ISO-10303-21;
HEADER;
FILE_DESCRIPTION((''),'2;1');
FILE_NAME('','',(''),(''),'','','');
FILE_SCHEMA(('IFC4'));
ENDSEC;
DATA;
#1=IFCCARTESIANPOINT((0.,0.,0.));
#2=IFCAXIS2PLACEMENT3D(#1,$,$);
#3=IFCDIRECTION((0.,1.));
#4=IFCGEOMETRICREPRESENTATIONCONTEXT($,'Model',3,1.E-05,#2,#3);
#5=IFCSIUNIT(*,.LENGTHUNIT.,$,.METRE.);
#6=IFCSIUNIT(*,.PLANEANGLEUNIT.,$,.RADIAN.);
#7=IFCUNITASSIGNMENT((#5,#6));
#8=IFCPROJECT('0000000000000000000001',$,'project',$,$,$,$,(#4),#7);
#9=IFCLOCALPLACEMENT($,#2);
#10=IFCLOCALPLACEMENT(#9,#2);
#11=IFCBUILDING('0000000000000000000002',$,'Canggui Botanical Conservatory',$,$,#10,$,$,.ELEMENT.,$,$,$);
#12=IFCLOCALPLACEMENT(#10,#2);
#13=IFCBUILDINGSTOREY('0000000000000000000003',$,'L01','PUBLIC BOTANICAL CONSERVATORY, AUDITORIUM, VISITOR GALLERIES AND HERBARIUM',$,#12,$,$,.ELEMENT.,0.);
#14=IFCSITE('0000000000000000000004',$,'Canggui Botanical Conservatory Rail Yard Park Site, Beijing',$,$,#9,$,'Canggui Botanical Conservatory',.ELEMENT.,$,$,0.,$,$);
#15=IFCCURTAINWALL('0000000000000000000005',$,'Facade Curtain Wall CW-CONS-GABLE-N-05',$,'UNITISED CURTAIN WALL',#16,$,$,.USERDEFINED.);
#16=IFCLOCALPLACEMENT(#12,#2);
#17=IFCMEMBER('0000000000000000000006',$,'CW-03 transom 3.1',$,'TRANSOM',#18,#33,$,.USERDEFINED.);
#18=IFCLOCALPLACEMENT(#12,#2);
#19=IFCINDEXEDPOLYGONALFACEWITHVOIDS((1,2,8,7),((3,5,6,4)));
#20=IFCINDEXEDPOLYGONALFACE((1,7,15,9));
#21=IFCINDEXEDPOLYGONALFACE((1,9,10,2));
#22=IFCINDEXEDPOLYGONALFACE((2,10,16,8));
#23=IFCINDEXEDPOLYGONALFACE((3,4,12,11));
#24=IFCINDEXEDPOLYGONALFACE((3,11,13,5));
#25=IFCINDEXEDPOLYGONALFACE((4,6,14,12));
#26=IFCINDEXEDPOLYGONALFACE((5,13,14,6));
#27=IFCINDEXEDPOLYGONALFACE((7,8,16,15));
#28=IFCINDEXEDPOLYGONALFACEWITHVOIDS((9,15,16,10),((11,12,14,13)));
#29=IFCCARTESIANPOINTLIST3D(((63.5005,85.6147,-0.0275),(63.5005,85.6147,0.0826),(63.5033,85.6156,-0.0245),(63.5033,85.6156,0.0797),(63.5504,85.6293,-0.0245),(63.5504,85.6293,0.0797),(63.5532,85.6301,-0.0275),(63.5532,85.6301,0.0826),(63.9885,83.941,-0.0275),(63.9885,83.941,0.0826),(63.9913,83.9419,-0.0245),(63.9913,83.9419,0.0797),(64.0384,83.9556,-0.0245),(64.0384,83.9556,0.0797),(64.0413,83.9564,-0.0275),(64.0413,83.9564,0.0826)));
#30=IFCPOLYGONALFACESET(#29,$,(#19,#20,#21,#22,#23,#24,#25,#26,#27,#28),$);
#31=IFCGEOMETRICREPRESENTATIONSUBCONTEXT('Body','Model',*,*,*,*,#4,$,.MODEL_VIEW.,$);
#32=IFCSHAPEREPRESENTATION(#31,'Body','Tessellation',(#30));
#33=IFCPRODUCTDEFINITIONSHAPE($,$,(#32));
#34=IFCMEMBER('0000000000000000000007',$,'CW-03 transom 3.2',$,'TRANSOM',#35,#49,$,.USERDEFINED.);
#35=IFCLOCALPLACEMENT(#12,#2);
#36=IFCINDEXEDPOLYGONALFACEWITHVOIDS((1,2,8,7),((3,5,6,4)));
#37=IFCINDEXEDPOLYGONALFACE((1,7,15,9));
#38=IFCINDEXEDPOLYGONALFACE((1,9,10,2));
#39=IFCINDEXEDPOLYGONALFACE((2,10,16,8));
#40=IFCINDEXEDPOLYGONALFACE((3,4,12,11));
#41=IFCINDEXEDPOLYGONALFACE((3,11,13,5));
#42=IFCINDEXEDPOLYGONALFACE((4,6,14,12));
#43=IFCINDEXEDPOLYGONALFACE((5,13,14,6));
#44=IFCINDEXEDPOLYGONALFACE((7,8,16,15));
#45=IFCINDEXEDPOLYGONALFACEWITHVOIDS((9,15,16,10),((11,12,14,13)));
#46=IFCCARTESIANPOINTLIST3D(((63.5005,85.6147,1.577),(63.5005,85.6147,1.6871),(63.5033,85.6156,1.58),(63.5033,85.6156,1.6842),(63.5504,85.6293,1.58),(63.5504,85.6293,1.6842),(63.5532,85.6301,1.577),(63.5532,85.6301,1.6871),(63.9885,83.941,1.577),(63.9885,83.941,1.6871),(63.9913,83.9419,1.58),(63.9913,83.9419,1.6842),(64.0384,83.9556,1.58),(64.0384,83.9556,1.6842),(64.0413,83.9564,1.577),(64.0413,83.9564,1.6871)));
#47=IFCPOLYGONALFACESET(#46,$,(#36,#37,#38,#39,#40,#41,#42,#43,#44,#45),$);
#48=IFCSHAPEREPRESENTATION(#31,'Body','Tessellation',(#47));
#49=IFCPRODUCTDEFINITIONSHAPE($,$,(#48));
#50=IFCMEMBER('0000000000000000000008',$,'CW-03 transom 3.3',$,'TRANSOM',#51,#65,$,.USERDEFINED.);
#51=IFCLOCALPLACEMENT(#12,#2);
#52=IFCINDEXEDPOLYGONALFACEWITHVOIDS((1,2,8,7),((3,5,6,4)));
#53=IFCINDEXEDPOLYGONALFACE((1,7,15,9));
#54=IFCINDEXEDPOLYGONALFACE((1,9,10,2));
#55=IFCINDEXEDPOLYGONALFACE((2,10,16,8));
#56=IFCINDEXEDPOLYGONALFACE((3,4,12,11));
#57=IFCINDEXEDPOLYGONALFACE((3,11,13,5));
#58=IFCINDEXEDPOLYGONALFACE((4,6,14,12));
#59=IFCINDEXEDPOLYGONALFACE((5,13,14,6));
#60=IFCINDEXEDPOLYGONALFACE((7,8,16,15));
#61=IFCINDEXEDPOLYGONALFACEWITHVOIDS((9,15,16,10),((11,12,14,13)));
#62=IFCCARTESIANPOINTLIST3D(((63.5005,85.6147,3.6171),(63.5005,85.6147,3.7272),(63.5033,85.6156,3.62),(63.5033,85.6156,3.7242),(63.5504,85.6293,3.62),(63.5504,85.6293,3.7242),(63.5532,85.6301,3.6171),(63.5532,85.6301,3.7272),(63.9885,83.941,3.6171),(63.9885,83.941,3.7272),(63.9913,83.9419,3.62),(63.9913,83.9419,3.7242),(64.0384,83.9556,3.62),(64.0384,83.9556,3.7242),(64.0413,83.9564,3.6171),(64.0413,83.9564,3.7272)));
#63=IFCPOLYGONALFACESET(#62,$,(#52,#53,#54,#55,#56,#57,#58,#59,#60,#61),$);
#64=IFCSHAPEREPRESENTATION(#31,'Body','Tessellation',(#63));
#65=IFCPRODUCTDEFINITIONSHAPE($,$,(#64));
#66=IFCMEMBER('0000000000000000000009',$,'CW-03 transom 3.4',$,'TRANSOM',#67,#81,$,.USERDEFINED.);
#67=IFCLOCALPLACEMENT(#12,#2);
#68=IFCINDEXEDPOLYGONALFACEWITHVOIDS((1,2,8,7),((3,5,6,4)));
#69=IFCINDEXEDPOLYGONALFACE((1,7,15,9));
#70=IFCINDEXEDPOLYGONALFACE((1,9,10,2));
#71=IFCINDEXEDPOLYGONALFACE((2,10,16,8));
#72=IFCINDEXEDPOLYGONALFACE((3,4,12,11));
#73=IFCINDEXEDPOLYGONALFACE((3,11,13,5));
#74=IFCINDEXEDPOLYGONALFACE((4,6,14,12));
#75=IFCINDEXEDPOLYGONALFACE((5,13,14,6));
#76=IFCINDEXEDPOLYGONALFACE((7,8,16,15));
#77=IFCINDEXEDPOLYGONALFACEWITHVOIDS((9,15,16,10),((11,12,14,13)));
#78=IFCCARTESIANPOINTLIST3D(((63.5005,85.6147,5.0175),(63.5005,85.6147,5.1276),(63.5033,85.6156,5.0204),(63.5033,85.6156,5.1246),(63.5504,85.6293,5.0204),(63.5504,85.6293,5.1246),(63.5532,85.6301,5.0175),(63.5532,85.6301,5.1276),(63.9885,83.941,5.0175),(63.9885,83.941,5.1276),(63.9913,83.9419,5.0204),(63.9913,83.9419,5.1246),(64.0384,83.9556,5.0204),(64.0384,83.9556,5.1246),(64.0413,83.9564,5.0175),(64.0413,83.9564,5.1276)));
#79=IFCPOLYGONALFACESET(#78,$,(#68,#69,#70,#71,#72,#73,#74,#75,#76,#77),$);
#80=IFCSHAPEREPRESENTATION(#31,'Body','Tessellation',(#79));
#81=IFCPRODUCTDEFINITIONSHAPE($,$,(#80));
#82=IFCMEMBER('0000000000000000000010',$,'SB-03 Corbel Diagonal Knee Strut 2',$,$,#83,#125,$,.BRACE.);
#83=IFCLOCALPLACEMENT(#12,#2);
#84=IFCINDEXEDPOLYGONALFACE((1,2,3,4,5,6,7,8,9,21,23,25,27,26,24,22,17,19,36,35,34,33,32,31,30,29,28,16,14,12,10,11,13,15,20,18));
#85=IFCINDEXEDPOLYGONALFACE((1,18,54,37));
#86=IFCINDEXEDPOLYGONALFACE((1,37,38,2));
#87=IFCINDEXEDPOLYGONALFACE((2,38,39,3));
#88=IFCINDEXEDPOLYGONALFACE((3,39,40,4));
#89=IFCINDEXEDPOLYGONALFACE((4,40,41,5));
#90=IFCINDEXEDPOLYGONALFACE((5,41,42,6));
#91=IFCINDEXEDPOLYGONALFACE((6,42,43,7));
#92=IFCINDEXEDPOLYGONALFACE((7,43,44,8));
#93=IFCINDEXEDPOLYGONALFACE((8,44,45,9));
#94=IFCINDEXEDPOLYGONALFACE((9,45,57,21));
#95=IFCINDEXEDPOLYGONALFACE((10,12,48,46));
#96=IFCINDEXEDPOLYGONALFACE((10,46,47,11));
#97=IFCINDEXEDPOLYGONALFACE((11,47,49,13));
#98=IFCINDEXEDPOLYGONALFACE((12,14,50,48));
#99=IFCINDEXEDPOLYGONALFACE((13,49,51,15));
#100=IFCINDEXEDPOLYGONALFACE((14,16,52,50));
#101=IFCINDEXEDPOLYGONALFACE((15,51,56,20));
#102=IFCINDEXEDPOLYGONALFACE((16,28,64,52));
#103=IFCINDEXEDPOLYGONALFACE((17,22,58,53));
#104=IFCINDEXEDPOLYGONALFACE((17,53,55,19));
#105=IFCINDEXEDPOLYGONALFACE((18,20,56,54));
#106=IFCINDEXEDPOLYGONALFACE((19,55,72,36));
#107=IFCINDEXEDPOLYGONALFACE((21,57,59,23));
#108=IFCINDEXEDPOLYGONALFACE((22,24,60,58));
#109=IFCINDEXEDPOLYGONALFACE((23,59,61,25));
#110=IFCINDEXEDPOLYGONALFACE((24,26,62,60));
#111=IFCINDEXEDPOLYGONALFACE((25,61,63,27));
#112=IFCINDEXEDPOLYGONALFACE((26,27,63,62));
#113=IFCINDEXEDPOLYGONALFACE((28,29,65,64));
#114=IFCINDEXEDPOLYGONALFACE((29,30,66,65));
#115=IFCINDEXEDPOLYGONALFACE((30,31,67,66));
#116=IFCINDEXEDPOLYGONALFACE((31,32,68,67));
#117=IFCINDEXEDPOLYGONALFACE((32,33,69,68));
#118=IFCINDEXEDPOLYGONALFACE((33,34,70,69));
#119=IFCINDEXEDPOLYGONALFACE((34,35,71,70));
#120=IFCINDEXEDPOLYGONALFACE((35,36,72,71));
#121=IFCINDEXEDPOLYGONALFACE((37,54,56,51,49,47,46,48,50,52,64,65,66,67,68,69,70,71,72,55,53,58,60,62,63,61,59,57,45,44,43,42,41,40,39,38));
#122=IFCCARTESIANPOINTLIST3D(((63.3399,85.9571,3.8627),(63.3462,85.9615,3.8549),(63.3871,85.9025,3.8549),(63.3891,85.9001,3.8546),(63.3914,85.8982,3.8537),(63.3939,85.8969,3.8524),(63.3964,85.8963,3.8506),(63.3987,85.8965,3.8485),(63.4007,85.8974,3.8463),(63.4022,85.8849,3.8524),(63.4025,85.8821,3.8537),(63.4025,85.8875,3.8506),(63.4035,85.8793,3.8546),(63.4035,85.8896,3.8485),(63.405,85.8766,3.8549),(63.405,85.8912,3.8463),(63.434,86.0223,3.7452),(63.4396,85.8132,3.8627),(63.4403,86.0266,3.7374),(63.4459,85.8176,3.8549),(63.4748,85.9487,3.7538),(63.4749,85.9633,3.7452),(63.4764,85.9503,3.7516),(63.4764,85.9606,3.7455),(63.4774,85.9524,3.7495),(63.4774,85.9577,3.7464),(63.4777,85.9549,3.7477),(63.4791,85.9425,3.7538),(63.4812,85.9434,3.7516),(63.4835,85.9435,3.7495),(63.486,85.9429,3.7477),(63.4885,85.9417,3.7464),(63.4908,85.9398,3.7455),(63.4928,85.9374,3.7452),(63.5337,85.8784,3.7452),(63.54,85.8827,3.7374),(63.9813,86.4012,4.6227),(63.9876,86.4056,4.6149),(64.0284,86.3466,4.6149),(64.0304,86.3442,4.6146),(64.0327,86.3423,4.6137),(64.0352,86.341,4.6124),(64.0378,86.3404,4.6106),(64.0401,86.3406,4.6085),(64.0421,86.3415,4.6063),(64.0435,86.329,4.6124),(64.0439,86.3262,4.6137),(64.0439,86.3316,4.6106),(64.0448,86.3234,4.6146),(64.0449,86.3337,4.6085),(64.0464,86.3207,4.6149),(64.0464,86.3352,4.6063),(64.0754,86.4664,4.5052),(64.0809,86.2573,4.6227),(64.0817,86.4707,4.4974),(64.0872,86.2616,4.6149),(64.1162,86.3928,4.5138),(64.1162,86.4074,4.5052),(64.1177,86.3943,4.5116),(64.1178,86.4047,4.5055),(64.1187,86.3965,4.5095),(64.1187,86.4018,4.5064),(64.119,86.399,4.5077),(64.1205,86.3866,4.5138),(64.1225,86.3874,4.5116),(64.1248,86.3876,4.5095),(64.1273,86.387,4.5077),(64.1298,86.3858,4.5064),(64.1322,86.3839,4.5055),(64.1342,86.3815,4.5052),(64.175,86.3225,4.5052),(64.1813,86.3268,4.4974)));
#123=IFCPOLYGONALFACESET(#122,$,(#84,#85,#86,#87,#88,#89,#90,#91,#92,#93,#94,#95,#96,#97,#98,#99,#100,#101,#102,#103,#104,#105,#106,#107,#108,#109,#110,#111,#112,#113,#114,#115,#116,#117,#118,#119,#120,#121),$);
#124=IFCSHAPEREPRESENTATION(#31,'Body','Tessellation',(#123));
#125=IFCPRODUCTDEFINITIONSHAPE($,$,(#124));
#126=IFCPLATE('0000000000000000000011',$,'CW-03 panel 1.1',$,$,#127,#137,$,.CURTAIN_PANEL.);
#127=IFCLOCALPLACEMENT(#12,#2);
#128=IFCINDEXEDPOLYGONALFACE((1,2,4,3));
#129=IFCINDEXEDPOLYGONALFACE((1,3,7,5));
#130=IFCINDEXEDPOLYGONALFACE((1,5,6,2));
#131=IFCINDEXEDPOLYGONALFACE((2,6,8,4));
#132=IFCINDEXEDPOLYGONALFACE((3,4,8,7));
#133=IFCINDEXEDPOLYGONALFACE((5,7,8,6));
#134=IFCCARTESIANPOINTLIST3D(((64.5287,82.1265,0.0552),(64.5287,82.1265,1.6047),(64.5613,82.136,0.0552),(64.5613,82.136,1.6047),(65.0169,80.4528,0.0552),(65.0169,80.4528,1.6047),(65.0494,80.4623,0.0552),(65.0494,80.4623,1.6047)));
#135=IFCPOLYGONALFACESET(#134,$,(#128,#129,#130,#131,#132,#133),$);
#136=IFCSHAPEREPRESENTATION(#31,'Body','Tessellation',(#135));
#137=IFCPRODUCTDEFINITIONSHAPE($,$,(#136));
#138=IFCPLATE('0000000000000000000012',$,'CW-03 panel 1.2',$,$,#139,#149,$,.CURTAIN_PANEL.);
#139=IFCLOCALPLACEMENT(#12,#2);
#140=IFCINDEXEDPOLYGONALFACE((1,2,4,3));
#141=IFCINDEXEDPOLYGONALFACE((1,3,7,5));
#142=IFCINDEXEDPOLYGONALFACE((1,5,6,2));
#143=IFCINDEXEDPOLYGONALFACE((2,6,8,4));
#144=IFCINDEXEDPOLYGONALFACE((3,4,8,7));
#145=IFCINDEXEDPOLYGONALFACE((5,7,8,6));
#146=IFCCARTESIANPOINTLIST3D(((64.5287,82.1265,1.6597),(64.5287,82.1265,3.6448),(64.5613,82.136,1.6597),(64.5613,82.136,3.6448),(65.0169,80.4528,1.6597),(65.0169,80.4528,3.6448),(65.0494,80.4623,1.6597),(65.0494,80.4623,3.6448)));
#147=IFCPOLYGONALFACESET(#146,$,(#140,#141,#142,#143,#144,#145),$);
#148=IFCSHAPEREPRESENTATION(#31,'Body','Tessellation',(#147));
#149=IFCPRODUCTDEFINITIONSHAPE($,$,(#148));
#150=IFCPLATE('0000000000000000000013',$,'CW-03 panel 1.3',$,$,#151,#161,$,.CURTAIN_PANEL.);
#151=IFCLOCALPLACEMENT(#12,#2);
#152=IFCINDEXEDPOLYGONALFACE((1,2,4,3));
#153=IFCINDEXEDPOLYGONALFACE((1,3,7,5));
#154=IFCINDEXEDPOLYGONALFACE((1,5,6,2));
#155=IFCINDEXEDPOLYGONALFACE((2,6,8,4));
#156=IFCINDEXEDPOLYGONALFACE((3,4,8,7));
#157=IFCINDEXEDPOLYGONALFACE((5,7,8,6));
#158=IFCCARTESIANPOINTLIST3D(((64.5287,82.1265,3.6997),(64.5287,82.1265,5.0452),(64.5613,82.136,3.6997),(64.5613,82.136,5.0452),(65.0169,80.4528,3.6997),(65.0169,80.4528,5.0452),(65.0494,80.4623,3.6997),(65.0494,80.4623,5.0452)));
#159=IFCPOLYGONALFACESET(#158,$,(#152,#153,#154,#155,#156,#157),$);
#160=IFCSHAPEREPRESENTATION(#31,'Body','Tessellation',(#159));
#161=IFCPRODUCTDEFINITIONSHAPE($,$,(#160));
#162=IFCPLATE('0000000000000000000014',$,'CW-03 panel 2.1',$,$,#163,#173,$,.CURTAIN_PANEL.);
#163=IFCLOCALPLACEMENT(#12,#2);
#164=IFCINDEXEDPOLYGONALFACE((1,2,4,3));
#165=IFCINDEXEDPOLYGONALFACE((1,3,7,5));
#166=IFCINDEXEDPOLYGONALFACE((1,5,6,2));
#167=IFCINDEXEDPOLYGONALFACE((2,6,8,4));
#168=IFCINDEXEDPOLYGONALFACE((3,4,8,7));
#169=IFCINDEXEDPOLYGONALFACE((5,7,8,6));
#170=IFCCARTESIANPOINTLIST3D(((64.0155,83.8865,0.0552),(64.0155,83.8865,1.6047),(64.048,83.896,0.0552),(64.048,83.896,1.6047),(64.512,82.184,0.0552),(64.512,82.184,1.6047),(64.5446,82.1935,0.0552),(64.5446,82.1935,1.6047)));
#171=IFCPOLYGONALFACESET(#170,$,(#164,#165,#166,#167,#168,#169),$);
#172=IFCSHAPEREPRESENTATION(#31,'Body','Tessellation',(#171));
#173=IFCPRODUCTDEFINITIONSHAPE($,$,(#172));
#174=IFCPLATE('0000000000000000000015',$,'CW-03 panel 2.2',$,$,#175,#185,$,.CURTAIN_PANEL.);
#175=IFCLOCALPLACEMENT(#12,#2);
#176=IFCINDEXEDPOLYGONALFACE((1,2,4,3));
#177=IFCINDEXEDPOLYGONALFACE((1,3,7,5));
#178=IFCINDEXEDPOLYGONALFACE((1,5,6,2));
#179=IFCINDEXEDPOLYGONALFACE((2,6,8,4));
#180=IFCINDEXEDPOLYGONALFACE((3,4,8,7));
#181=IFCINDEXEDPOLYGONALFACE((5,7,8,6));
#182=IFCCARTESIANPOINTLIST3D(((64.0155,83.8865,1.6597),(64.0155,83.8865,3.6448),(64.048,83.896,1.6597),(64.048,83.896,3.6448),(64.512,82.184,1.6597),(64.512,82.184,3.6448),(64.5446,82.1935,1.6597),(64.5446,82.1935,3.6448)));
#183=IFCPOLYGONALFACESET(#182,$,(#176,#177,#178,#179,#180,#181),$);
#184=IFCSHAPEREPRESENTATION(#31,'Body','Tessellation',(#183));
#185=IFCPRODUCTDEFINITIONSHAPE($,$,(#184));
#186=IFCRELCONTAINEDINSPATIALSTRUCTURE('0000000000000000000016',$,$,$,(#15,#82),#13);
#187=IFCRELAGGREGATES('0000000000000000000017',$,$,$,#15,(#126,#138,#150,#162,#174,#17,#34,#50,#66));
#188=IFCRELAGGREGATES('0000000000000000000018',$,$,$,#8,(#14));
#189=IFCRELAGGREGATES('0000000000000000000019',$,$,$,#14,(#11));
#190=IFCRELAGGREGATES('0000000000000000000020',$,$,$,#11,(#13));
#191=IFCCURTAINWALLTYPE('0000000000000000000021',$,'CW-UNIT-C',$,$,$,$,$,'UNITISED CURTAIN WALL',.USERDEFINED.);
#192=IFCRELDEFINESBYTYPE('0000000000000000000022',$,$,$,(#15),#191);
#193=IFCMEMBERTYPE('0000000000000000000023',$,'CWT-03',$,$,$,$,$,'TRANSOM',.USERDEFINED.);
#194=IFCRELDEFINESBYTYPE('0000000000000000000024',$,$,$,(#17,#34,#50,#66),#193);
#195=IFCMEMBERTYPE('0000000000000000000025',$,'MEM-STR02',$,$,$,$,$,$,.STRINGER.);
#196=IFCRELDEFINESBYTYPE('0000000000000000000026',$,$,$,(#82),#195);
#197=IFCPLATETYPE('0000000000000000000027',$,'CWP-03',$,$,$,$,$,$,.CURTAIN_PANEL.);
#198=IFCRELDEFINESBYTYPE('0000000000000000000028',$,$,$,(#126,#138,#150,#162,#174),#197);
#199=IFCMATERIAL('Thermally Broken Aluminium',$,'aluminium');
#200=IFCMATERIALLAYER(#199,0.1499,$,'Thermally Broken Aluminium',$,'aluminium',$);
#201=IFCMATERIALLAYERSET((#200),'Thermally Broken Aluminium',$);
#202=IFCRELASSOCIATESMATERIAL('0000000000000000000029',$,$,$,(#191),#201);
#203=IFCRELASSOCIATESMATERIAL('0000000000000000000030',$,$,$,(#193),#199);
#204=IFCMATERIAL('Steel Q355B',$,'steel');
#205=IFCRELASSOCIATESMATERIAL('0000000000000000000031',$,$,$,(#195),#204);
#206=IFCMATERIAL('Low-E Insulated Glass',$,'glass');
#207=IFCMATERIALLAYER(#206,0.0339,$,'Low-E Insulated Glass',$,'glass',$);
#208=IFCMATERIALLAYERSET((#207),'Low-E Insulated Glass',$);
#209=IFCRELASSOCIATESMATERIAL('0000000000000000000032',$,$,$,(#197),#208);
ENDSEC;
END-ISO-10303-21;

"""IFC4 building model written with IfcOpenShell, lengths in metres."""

from ifc_helpers import new_model, si_unit, direction, frame, origin, origin_2d, place, context, subcontext, project, spatial, rectangle, hollow_rectangle, i_section, extrude, material, layer, layer_set, material_profile, profile_set, type_object, element, aggregate, save


model = new_model("IFC4")

# Units and contexts
model_context = context("Model", 3, precision=1e-05, world=origin(), true_north=direction((0.0, 1.0)))
body_context = subcontext(model_context, "Body", "Model", "MODEL_VIEW")
ifc_project = project(units=[si_unit("LENGTHUNIT", "METRE"), si_unit("PLANEANGLEUNIT", "RADIAN")], contexts=[model_context])

# Site, building, storey
site_placement = place(None, origin())
site = spatial("IfcSite", under=ifc_project, at=site_placement, Name="Canggui Botanical Conservatory Rail Yard Park Site, Beijing", LongName="Canggui Botanical Conservatory", CompositionType="ELEMENT", RefElevation=0.0)
building_placement = place(site_placement, origin())
building = spatial("IfcBuilding", under=site, at=building_placement, Name="Canggui Botanical Conservatory", CompositionType="ELEMENT")
storey_placement = place(building_placement, origin())
storey = spatial("IfcBuildingStorey", under=building, at=storey_placement, Name="L01", Description="PUBLIC BOTANICAL CONSERVATORY, AUDITORIUM, VISITOR GALLERIES AND HERBARIUM", CompositionType="ELEMENT", Elevation=0.0)

# Shared definitions
ifc_material_1 = material(Name="Steel Q355B", Category="steel")

# Curtain wall
ifc_material_2 = material(Name="Thermally Broken Aluminium", Category="aluminium")
ifc_layer_1 = layer(ifc_material_2, 0.1499, Name="Thermally Broken Aluminium", Category="aluminium")
ifc_layer_set_1 = layer_set([ifc_layer_1], Name="Thermally Broken Aluminium")
curtain_wall_type_1 = type_object("IfcCurtainWallType", Name="CW-UNIT-C", ElementType="UNITISED CURTAIN WALL", PredefinedType="USERDEFINED", material=ifc_layer_set_1)
curtain_wall_1_placement = place(storey_placement, origin())
curtain_wall_1 = element("IfcCurtainWall", 1, at=curtain_wall_1_placement, inside=storey, type_object=curtain_wall_type_1, Name="Facade Curtain Wall CW-CONS-GABLE-N-05", ObjectType="UNITISED CURTAIN WALL", PredefinedType="USERDEFINED")

# Members
ifc_material_profile_1 = material_profile(ifc_material_2, hollow_rectangle(XDim=0.0549, YDim=0.1101, WallThickness=0.0029, at=origin_2d()), Name="CWT 55x110x3")
ifc_profile_set_1 = profile_set([ifc_material_profile_1], Name="Thermally Broken Aluminium")
member_type_1 = type_object("IfcMemberType", Name="CWT-03", ElementType="TRANSOM", PredefinedType="USERDEFINED", material=ifc_profile_set_1)
member_1_placement = place(storey_placement, frame((64.0149, 83.9487, 0.0276), z_axis=(-0.279952, 0.960014, 0.0), x_axis=(-0.960014, -0.279952, 0.0)))
member_1 = element("IfcMember", 2, at=member_1_placement, type_object=member_type_1, Name="CW-03 transom 3.1", ObjectType="TRANSOM", PredefinedType="USERDEFINED", context=body_context, shape_type="SweptSolid", body=[
    extrude(hollow_rectangle(XDim=0.0549, YDim=0.1101, WallThickness=0.0029, at=origin_2d()), origin(), (0.0, 0.0, 1.0), 1.7434),
])
member_2_placement = place(storey_placement, frame((64.0149, 83.9487, 1.6321), z_axis=(-0.279952, 0.960014, 0.0), x_axis=(-0.960014, -0.279952, 0.0)))
member_2 = element("IfcMember", 3, at=member_2_placement, type_object=member_type_1, Name="CW-03 transom 3.2", ObjectType="TRANSOM", PredefinedType="USERDEFINED", context=body_context, shape_type="SweptSolid", body=[
    extrude(hollow_rectangle(XDim=0.0549, YDim=0.1101, WallThickness=0.0029, at=origin_2d()), origin(), (0.0, 0.0, 1.0), 1.7434),
])
member_3_placement = place(storey_placement, frame((64.0149, 83.9487, 3.6721), z_axis=(-0.279952, 0.960014, 0.0), x_axis=(-0.960014, -0.279952, 0.0)))
member_3 = element("IfcMember", 4, at=member_3_placement, type_object=member_type_1, Name="CW-03 transom 3.3", ObjectType="TRANSOM", PredefinedType="USERDEFINED", context=body_context, shape_type="SweptSolid", body=[
    extrude(hollow_rectangle(XDim=0.0549, YDim=0.1101, WallThickness=0.0029, at=origin_2d()), origin(), (0.0, 0.0, 1.0), 1.7434),
])
member_4_placement = place(storey_placement, frame((64.0149, 83.9487, 5.0725), z_axis=(-0.279952, 0.960014, 0.0), x_axis=(-0.960014, -0.279952, 0.0)))
member_4 = element("IfcMember", 5, at=member_4_placement, type_object=member_type_1, Name="CW-03 transom 3.4", ObjectType="TRANSOM", PredefinedType="USERDEFINED", context=body_context, shape_type="SweptSolid", body=[
    extrude(hollow_rectangle(XDim=0.0549, YDim=0.1101, WallThickness=0.0029, at=origin_2d()), origin(), (0.0, 0.0, 1.0), 1.7434),
])
ifc_material_profile_2 = material_profile(ifc_material_1, i_section(OverallWidth=0.175, OverallDepth=0.175, WebThickness=0.0076, FlangeThickness=0.011, FilletRadius=0.012, at=origin_2d()), Name="HW 175x175x7.5x11")
ifc_profile_set_2 = profile_set([ifc_material_profile_2], Name="Steel Q355B")
member_type_2 = type_object("IfcMemberType", Name="MEM-STR02", PredefinedType="STRINGER", material=ifc_profile_set_2)
member_5_placement = place(storey_placement, frame((63.4399, 85.9199, 3.8), z_axis=(0.588879, 0.407755, 0.697823), x_axis=(-0.569275, 0.822147, 0.0)))
element("IfcMember", 6, at=member_5_placement, inside=storey, type_object=member_type_2, Name="SB-03 Corbel Diagonal Knee Strut 2", PredefinedType="BRACE", context=body_context, shape_type="SweptSolid", body=[
    extrude(i_section(OverallWidth=0.175, OverallDepth=0.175, WebThickness=0.0076, FlangeThickness=0.011, FilletRadius=0.012, at=origin_2d()), origin(), (0.0, 0.0, 1.0), 1.0891),
])

# Plates
ifc_material_3 = material(Name="Low-E Insulated Glass", Category="glass")
ifc_layer_2 = layer(ifc_material_3, 0.0339, Name="Low-E Insulated Glass", Category="glass")
ifc_layer_set_2 = layer_set([ifc_layer_2], Name="Low-E Insulated Glass")
plate_type_1 = type_object("IfcPlateType", Name="CWP-03", PredefinedType="CURTAIN_PANEL", material=ifc_layer_set_2)
plate_1_placement = place(storey_placement, frame((64.7891, 81.2944, 0.0552), z_axis=(0.0, 0.0, 1.0), x_axis=(-0.28, 0.96, 0.0)))
plate_1 = element("IfcPlate", 7, at=plate_1_placement, type_object=plate_type_1, Name="CW-03 panel 1.1", PredefinedType="CURTAIN_PANEL", context=body_context, shape_type="SweptSolid", body=[
    extrude(rectangle(XDim=1.7434, YDim=0.0339, at=origin_2d()), origin(), (0.0, 0.0, 1.0), 1.5496),
])
plate_2_placement = place(storey_placement, frame((64.7891, 81.2944, 1.6597), z_axis=(0.0, 0.0, 1.0), x_axis=(-0.28, 0.96, 0.0)))
plate_2 = element("IfcPlate", 8, at=plate_2_placement, type_object=plate_type_1, Name="CW-03 panel 1.2", PredefinedType="CURTAIN_PANEL", context=body_context, shape_type="SweptSolid", body=[
    extrude(rectangle(XDim=1.7434, YDim=0.0339, at=origin_2d()), origin(), (0.0, 0.0, 1.0), 1.9851),
])
plate_3_placement = place(storey_placement, frame((64.7891, 81.2944, 3.6997), z_axis=(0.0, 0.0, 1.0), x_axis=(-0.28, 0.96, 0.0)))
plate_3 = element("IfcPlate", 9, at=plate_3_placement, type_object=plate_type_1, Name="CW-03 panel 1.3", PredefinedType="CURTAIN_PANEL", context=body_context, shape_type="SweptSolid", body=[
    extrude(rectangle(XDim=1.7434, YDim=0.0339, at=origin_2d()), origin(), (0.0, 0.0, 1.0), 1.3455),
])
plate_4_placement = place(storey_placement, frame((64.28, 83.04, 0.0552), z_axis=(0.0, 0.0, 1.0), x_axis=(-0.28, 0.96, 0.0)))
plate_4 = element("IfcPlate", 10, at=plate_4_placement, type_object=plate_type_1, Name="CW-03 panel 2.1", PredefinedType="CURTAIN_PANEL", context=body_context, shape_type="SweptSolid", body=[
    extrude(rectangle(XDim=1.7734, YDim=0.0339, at=origin_2d()), origin(), (0.0, 0.0, 1.0), 1.5496),
])
plate_5_placement = place(storey_placement, frame((64.28, 83.04, 1.6597), z_axis=(0.0, 0.0, 1.0), x_axis=(-0.28, 0.96, 0.0)))
plate_5 = element("IfcPlate", 11, at=plate_5_placement, type_object=plate_type_1, Name="CW-03 panel 2.2", PredefinedType="CURTAIN_PANEL", context=body_context, shape_type="SweptSolid", body=[
    extrude(rectangle(XDim=1.7734, YDim=0.0339, at=origin_2d()), origin(), (0.0, 0.0, 1.0), 1.9851),
])
aggregate(curtain_wall_1, [plate_1, plate_2, plate_3, plate_4, plate_5, member_1, member_2, member_3, member_4])

save(model, "model.ifc")
